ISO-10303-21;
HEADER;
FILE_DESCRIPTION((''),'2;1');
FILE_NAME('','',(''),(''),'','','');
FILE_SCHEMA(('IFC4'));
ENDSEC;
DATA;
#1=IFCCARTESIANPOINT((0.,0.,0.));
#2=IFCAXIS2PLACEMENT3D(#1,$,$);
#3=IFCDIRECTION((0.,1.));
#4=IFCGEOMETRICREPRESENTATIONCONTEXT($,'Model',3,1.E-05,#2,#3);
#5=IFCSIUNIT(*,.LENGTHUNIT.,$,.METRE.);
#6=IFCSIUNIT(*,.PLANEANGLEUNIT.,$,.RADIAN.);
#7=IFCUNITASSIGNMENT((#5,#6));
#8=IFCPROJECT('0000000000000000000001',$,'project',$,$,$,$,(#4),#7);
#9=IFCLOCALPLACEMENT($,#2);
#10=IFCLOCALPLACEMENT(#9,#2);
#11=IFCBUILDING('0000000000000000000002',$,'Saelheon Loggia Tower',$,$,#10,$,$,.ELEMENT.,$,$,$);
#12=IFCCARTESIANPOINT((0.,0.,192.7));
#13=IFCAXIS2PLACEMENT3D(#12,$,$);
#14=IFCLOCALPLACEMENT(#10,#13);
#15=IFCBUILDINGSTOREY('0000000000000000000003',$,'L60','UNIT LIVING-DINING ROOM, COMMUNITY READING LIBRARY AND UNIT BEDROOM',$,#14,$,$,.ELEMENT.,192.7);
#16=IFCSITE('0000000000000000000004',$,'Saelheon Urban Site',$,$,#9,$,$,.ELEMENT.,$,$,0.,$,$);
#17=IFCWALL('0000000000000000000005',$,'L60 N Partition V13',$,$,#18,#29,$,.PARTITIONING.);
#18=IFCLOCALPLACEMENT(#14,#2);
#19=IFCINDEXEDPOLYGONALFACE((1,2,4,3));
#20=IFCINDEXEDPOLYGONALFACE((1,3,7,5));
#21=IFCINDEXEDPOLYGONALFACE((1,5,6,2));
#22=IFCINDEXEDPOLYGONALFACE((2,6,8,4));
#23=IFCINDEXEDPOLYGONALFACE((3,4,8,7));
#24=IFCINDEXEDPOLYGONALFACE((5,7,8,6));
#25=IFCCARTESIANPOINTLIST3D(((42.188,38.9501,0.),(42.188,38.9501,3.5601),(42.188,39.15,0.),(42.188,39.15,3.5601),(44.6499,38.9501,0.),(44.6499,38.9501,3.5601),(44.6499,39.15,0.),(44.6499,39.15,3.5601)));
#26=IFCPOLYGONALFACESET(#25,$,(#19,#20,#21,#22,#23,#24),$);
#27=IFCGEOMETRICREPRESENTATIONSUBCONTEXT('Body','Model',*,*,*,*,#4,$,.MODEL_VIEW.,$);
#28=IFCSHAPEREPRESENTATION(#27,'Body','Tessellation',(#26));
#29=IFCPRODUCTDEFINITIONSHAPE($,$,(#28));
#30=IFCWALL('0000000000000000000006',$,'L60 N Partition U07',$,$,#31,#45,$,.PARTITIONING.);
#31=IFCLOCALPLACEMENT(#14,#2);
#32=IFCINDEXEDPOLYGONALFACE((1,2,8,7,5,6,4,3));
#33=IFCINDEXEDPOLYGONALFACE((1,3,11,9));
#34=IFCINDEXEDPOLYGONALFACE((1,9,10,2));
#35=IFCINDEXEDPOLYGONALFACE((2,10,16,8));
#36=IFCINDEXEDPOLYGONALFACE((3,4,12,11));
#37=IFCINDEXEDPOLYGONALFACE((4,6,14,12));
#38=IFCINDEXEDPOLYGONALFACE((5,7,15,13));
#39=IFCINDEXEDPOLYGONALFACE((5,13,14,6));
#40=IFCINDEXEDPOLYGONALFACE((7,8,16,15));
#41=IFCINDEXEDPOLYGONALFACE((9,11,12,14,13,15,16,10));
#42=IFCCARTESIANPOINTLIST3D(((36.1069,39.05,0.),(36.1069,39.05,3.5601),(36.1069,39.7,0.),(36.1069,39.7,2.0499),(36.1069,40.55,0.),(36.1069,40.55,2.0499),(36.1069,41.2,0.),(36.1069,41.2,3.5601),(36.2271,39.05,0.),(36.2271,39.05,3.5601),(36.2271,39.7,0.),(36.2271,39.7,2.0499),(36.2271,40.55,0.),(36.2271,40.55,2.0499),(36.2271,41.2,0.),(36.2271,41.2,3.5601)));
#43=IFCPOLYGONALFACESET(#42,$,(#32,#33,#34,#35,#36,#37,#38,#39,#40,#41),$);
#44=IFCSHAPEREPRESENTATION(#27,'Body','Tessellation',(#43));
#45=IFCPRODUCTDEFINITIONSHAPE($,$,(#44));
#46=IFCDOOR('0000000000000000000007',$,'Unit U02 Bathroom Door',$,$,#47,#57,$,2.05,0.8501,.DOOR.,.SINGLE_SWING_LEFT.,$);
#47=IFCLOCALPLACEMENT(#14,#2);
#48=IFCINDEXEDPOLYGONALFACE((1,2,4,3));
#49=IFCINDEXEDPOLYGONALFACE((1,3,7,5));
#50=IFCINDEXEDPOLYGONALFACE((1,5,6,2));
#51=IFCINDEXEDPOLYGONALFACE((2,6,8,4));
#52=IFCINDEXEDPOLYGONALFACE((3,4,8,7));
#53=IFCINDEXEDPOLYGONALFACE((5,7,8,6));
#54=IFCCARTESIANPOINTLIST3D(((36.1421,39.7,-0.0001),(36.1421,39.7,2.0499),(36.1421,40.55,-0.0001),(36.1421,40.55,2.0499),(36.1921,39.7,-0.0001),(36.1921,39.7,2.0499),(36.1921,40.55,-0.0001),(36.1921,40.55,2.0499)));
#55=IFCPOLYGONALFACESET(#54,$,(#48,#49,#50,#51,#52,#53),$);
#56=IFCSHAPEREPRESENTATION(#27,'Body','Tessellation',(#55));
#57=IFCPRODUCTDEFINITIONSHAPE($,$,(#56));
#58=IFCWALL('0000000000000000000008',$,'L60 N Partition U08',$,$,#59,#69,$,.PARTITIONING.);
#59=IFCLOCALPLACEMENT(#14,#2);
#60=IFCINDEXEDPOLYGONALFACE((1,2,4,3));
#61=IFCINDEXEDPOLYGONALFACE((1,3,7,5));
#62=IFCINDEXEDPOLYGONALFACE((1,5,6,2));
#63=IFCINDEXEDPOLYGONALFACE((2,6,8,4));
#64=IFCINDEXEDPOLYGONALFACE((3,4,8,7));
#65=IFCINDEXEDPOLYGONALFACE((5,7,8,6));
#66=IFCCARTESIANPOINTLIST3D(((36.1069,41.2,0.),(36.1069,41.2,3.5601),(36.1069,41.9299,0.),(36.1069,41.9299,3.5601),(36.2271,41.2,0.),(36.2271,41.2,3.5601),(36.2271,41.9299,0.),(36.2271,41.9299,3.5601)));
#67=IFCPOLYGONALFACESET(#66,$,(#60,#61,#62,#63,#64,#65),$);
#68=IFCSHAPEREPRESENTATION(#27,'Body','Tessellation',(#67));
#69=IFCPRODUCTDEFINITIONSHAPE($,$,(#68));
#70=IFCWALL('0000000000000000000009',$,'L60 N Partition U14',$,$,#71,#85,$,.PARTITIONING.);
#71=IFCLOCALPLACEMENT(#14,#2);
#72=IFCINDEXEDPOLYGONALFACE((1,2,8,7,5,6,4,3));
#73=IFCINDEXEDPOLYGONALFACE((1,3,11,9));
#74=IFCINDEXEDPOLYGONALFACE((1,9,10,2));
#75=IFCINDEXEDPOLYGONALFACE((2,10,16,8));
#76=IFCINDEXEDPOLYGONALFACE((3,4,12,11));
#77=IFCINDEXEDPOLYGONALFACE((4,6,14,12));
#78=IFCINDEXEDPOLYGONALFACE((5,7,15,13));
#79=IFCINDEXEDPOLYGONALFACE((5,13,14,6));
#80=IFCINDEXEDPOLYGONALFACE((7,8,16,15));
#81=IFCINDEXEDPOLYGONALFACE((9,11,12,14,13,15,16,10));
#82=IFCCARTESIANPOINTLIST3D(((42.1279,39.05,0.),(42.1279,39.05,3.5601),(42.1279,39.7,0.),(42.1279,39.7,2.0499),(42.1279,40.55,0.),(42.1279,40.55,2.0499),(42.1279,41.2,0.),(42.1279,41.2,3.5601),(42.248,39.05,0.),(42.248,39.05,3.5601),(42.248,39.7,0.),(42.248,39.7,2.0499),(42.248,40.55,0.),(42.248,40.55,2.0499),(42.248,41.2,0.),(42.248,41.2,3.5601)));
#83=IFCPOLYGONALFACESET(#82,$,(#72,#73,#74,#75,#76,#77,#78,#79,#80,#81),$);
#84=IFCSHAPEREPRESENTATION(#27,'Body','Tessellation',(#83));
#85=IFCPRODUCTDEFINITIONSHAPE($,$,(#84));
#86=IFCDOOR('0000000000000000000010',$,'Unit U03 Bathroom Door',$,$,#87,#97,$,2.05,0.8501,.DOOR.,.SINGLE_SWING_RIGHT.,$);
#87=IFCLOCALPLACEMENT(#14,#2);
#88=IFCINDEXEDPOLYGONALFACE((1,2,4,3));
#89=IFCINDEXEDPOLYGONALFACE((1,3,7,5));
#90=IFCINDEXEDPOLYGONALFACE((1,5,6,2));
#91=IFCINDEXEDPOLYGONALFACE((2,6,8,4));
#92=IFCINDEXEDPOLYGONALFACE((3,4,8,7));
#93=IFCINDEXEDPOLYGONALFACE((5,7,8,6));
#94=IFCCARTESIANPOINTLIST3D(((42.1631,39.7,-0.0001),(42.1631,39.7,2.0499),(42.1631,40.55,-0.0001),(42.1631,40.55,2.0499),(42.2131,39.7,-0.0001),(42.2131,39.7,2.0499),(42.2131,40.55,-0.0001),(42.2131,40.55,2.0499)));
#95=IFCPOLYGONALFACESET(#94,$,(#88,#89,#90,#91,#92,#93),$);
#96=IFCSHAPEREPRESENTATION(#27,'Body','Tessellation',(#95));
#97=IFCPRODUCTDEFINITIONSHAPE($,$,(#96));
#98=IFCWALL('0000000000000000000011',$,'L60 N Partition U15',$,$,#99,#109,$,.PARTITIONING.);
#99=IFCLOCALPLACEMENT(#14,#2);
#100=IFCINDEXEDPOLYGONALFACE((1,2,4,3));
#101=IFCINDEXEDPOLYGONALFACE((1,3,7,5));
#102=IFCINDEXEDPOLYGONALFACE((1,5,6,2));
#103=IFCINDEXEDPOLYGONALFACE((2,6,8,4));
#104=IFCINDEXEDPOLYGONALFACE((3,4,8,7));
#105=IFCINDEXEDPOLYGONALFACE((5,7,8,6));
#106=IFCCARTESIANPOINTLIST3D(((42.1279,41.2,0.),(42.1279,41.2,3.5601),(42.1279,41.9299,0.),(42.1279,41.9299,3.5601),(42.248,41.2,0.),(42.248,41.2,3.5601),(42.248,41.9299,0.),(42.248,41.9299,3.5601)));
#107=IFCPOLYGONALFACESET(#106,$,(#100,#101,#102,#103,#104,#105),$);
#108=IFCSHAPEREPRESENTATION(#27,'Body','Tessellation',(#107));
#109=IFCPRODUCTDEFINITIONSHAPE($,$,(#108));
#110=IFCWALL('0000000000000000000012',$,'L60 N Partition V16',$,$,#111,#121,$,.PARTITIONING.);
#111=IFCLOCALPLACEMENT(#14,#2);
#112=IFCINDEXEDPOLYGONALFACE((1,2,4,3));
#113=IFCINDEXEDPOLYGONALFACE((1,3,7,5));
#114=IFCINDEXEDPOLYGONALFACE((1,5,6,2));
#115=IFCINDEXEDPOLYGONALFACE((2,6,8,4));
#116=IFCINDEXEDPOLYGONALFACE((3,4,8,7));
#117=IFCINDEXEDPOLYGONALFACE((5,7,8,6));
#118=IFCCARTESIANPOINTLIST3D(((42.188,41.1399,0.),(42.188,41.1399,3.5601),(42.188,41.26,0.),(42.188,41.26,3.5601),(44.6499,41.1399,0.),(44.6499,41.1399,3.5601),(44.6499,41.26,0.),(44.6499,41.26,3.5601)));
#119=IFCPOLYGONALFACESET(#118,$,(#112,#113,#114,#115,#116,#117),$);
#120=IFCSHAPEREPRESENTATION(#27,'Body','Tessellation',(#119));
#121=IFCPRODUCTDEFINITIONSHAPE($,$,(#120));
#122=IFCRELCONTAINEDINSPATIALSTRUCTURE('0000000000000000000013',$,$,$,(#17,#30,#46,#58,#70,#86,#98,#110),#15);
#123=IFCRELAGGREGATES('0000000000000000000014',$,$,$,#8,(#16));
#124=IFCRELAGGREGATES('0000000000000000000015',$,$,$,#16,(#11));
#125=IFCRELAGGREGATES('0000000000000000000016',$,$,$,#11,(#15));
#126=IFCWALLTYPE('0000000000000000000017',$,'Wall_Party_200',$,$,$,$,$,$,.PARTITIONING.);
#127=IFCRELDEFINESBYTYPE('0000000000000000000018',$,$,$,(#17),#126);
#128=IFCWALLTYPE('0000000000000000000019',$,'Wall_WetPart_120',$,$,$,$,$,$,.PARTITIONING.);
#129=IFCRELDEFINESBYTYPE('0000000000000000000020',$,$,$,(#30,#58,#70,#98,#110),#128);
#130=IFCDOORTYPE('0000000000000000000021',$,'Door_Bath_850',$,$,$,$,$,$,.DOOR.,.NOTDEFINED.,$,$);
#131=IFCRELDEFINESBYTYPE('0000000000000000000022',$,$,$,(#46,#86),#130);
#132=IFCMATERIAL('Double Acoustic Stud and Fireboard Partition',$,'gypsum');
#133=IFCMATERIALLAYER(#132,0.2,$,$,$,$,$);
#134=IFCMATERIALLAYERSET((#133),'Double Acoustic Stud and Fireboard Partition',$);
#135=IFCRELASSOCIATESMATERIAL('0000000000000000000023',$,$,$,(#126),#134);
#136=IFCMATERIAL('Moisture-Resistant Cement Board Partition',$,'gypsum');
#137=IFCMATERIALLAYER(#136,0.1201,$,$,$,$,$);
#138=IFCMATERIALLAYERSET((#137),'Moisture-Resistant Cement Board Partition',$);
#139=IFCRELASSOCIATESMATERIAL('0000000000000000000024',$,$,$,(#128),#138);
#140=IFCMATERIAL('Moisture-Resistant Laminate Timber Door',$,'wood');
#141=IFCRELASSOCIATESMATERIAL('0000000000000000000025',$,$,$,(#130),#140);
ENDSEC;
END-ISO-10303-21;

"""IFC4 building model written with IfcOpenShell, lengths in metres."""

from ifc_helpers import new_model, si_unit, direction, frame, frame_2d, origin, place, context, subcontext, project, spatial, rectangle, extrude, source, transform, mapped, material, layer, layer_set, type_object, element, fill, save


model = new_model("IFC4")

# Units and contexts
model_context = context("Model", 3, precision=1e-05, world=origin(), true_north=direction((0.0, 1.0)))
body_context = subcontext(model_context, "Body", "Model", "MODEL_VIEW")
ifc_project = project(units=[si_unit("LENGTHUNIT", "METRE"), si_unit("PLANEANGLEUNIT", "RADIAN")], contexts=[model_context])

# Site, building, storey
site_placement = place(None, origin())
site = spatial("IfcSite", under=ifc_project, at=site_placement, Name="Saelheon Urban Site", CompositionType="ELEMENT", RefElevation=0.0)
building_placement = place(site_placement, origin())
building = spatial("IfcBuilding", under=site, at=building_placement, Name="Saelheon Loggia Tower", CompositionType="ELEMENT")
storey_placement = place(building_placement, frame((0.0, 0.0, 192.7)))
storey = spatial("IfcBuildingStorey", under=building, at=storey_placement, Name="L60", Description="UNIT LIVING-DINING ROOM, COMMUNITY READING LIBRARY AND UNIT BEDROOM", CompositionType="ELEMENT", Elevation=192.7)

# Shared definitions
ifc_material_1 = material(Name="Double Acoustic Stud and Fireboard Partition", Category="gypsum")
ifc_layer_1 = layer(ifc_material_1, 0.2)
ifc_layer_set_1 = layer_set([ifc_layer_1], Name="Double Acoustic Stud and Fireboard Partition")
wall_type_1 = type_object("IfcWallType", Name="Wall_Party_200", PredefinedType="PARTITIONING", material=ifc_layer_set_1)

# Wall
wall_1_placement = place(storey_placement, frame((42.188, 39.05, 0.0), z_axis=(0.0, 0.0, 1.0), x_axis=(1.0, 0.0, 0.0)))
element("IfcWall", 1, at=wall_1_placement, inside=storey, type_object=wall_type_1, Name="L60 N Partition V13", PredefinedType="PARTITIONING", context=body_context, shape_type="SweptSolid", body=[
    extrude(rectangle(XDim=2.4619, YDim=0.2, at=frame_2d((1.231, 0.0))), origin(), (0.0, 0.0, 1.0), 3.5601),
])

# Wall, opening, door
ifc_material_2 = material(Name="Moisture-Resistant Cement Board Partition", Category="gypsum")
ifc_layer_2 = layer(ifc_material_2, 0.1201)
ifc_layer_set_2 = layer_set([ifc_layer_2], Name="Moisture-Resistant Cement Board Partition")
wall_type_2 = type_object("IfcWallType", Name="Wall_WetPart_120", PredefinedType="PARTITIONING", material=ifc_layer_set_2)
wall_2_placement = place(storey_placement, frame((36.167, 39.05, 0.0), z_axis=(0.0, 0.0, 1.0), x_axis=(0.0, 1.0, 0.0)))
wall_2 = element("IfcWall", 2, at=wall_2_placement, inside=storey, type_object=wall_type_2, Name="L60 N Partition U07", PredefinedType="PARTITIONING", context=body_context, shape_type="SweptSolid", body=[
    extrude(rectangle(XDim=2.1499, YDim=0.1201, at=frame_2d((1.075, 0.0))), origin(), (0.0, 0.0, 1.0), 3.5601),
])
opening_1_placement = place(wall_2_placement, frame((0.6499, 0.0, 0.0)))
opening_1 = element("IfcOpeningElement", 3, at=opening_1_placement, cuts=wall_2, PredefinedType="OPENING", context=body_context, shape_type="SweptSolid", body=[
    extrude(rectangle(XDim=0.8501, YDim=2.05, at=frame_2d((0.425, 1.0249))), frame((0.0, 0.072, 0.0), z_axis=(0.0, -1.0, 0.0), x_axis=(1.0, 0.0, 0.0)), (0.0, 0.0, 1.0), 0.144),
])
ifc_material_3 = material(Name="Moisture-Resistant Laminate Timber Door", Category="wood")
door_type_1 = type_object("IfcDoorType", Name="Door_Bath_850", OperationType="NOTDEFINED", PredefinedType="DOOR", material=ifc_material_3)
shared_shape_1 = source(origin(), body_context, "Body", "SweptSolid", [
    extrude(rectangle(XDim=0.8501, YDim=2.05, at=frame_2d((0.425, 1.0249))), frame((0.0, 0.0249, 0.0), z_axis=(0.0, -1.0, 0.0), x_axis=(1.0, 0.0, 0.0)), (0.0, 0.0, 1.0), 0.05),
])
door_1_placement = place(opening_1_placement, origin())
door_1 = element("IfcDoor", 4, at=door_1_placement, inside=storey, type_object=door_type_1, Name="Unit U02 Bathroom Door", OperationType="SINGLE_SWING_LEFT", OverallHeight=2.05, OverallWidth=0.8501, PredefinedType="DOOR", context=body_context, shape_type="MappedRepresentation", body=[
    mapped(shared_shape_1, transform((0.0, 0.0, 0.0), scale=1.0)),
])
fill(opening_1, door_1)

# Wall
wall_3_placement = place(storey_placement, frame((36.167, 41.2, 0.0), z_axis=(0.0, 0.0, 1.0), x_axis=(0.0, 1.0, 0.0)))
element("IfcWall", 5, at=wall_3_placement, inside=storey, type_object=wall_type_2, Name="L60 N Partition U08", PredefinedType="PARTITIONING", context=body_context, shape_type="SweptSolid", body=[
    extrude(rectangle(XDim=0.73, YDim=0.1201, at=frame_2d((0.365, 0.0))), origin(), (0.0, 0.0, 1.0), 3.5601),
])

# Wall, opening, door
wall_4_placement = place(storey_placement, frame((42.188, 39.05, 0.0), z_axis=(0.0, 0.0, 1.0), x_axis=(0.0, 1.0, 0.0)))
wall_4 = element("IfcWall", 6, at=wall_4_placement, inside=storey, type_object=wall_type_2, Name="L60 N Partition U14", PredefinedType="PARTITIONING", context=body_context, shape_type="SweptSolid", body=[
    extrude(rectangle(XDim=2.1499, YDim=0.1201, at=frame_2d((1.075, 0.0))), origin(), (0.0, 0.0, 1.0), 3.5601),
])
opening_2_placement = place(wall_4_placement, frame((0.6499, 0.0, 0.0)))
opening_2 = element("IfcOpeningElement", 7, at=opening_2_placement, cuts=wall_4, PredefinedType="OPENING", context=body_context, shape_type="SweptSolid", body=[
    extrude(rectangle(XDim=0.8501, YDim=2.05, at=frame_2d((0.425, 1.0249))), frame((0.0, 0.072, 0.0), z_axis=(0.0, -1.0, 0.0), x_axis=(1.0, 0.0, 0.0)), (0.0, 0.0, 1.0), 0.144),
])
door_2_placement = place(opening_2_placement, origin())
door_2 = element("IfcDoor", 8, at=door_2_placement, inside=storey, type_object=door_type_1, Name="Unit U03 Bathroom Door", OperationType="SINGLE_SWING_RIGHT", OverallHeight=2.05, OverallWidth=0.8501, PredefinedType="DOOR", context=body_context, shape_type="MappedRepresentation", body=[
    mapped(shared_shape_1, transform((0.0, 0.0, 0.0), scale=1.0)),
])
fill(opening_2, door_2)

# Walls
wall_5_placement = place(storey_placement, frame((42.188, 41.2, 0.0), z_axis=(0.0, 0.0, 1.0), x_axis=(0.0, 1.0, 0.0)))
element("IfcWall", 9, at=wall_5_placement, inside=storey, type_object=wall_type_2, Name="L60 N Partition U15", PredefinedType="PARTITIONING", context=body_context, shape_type="SweptSolid", body=[
    extrude(rectangle(XDim=0.73, YDim=0.1201, at=frame_2d((0.365, 0.0))), origin(), (0.0, 0.0, 1.0), 3.5601),
])
wall_6_placement = place(storey_placement, frame((42.188, 41.2, 0.0), z_axis=(0.0, 0.0, 1.0), x_axis=(1.0, 0.0, 0.0)))
element("IfcWall", 10, at=wall_6_placement, inside=storey, type_object=wall_type_2, Name="L60 N Partition V16", PredefinedType="PARTITIONING", context=body_context, shape_type="SweptSolid", body=[
    extrude(rectangle(XDim=2.4619, YDim=0.1201, at=frame_2d((1.231, 0.0))), origin(), (0.0, 0.0, 1.0), 3.5601),
])

save(model, "model.ifc")
